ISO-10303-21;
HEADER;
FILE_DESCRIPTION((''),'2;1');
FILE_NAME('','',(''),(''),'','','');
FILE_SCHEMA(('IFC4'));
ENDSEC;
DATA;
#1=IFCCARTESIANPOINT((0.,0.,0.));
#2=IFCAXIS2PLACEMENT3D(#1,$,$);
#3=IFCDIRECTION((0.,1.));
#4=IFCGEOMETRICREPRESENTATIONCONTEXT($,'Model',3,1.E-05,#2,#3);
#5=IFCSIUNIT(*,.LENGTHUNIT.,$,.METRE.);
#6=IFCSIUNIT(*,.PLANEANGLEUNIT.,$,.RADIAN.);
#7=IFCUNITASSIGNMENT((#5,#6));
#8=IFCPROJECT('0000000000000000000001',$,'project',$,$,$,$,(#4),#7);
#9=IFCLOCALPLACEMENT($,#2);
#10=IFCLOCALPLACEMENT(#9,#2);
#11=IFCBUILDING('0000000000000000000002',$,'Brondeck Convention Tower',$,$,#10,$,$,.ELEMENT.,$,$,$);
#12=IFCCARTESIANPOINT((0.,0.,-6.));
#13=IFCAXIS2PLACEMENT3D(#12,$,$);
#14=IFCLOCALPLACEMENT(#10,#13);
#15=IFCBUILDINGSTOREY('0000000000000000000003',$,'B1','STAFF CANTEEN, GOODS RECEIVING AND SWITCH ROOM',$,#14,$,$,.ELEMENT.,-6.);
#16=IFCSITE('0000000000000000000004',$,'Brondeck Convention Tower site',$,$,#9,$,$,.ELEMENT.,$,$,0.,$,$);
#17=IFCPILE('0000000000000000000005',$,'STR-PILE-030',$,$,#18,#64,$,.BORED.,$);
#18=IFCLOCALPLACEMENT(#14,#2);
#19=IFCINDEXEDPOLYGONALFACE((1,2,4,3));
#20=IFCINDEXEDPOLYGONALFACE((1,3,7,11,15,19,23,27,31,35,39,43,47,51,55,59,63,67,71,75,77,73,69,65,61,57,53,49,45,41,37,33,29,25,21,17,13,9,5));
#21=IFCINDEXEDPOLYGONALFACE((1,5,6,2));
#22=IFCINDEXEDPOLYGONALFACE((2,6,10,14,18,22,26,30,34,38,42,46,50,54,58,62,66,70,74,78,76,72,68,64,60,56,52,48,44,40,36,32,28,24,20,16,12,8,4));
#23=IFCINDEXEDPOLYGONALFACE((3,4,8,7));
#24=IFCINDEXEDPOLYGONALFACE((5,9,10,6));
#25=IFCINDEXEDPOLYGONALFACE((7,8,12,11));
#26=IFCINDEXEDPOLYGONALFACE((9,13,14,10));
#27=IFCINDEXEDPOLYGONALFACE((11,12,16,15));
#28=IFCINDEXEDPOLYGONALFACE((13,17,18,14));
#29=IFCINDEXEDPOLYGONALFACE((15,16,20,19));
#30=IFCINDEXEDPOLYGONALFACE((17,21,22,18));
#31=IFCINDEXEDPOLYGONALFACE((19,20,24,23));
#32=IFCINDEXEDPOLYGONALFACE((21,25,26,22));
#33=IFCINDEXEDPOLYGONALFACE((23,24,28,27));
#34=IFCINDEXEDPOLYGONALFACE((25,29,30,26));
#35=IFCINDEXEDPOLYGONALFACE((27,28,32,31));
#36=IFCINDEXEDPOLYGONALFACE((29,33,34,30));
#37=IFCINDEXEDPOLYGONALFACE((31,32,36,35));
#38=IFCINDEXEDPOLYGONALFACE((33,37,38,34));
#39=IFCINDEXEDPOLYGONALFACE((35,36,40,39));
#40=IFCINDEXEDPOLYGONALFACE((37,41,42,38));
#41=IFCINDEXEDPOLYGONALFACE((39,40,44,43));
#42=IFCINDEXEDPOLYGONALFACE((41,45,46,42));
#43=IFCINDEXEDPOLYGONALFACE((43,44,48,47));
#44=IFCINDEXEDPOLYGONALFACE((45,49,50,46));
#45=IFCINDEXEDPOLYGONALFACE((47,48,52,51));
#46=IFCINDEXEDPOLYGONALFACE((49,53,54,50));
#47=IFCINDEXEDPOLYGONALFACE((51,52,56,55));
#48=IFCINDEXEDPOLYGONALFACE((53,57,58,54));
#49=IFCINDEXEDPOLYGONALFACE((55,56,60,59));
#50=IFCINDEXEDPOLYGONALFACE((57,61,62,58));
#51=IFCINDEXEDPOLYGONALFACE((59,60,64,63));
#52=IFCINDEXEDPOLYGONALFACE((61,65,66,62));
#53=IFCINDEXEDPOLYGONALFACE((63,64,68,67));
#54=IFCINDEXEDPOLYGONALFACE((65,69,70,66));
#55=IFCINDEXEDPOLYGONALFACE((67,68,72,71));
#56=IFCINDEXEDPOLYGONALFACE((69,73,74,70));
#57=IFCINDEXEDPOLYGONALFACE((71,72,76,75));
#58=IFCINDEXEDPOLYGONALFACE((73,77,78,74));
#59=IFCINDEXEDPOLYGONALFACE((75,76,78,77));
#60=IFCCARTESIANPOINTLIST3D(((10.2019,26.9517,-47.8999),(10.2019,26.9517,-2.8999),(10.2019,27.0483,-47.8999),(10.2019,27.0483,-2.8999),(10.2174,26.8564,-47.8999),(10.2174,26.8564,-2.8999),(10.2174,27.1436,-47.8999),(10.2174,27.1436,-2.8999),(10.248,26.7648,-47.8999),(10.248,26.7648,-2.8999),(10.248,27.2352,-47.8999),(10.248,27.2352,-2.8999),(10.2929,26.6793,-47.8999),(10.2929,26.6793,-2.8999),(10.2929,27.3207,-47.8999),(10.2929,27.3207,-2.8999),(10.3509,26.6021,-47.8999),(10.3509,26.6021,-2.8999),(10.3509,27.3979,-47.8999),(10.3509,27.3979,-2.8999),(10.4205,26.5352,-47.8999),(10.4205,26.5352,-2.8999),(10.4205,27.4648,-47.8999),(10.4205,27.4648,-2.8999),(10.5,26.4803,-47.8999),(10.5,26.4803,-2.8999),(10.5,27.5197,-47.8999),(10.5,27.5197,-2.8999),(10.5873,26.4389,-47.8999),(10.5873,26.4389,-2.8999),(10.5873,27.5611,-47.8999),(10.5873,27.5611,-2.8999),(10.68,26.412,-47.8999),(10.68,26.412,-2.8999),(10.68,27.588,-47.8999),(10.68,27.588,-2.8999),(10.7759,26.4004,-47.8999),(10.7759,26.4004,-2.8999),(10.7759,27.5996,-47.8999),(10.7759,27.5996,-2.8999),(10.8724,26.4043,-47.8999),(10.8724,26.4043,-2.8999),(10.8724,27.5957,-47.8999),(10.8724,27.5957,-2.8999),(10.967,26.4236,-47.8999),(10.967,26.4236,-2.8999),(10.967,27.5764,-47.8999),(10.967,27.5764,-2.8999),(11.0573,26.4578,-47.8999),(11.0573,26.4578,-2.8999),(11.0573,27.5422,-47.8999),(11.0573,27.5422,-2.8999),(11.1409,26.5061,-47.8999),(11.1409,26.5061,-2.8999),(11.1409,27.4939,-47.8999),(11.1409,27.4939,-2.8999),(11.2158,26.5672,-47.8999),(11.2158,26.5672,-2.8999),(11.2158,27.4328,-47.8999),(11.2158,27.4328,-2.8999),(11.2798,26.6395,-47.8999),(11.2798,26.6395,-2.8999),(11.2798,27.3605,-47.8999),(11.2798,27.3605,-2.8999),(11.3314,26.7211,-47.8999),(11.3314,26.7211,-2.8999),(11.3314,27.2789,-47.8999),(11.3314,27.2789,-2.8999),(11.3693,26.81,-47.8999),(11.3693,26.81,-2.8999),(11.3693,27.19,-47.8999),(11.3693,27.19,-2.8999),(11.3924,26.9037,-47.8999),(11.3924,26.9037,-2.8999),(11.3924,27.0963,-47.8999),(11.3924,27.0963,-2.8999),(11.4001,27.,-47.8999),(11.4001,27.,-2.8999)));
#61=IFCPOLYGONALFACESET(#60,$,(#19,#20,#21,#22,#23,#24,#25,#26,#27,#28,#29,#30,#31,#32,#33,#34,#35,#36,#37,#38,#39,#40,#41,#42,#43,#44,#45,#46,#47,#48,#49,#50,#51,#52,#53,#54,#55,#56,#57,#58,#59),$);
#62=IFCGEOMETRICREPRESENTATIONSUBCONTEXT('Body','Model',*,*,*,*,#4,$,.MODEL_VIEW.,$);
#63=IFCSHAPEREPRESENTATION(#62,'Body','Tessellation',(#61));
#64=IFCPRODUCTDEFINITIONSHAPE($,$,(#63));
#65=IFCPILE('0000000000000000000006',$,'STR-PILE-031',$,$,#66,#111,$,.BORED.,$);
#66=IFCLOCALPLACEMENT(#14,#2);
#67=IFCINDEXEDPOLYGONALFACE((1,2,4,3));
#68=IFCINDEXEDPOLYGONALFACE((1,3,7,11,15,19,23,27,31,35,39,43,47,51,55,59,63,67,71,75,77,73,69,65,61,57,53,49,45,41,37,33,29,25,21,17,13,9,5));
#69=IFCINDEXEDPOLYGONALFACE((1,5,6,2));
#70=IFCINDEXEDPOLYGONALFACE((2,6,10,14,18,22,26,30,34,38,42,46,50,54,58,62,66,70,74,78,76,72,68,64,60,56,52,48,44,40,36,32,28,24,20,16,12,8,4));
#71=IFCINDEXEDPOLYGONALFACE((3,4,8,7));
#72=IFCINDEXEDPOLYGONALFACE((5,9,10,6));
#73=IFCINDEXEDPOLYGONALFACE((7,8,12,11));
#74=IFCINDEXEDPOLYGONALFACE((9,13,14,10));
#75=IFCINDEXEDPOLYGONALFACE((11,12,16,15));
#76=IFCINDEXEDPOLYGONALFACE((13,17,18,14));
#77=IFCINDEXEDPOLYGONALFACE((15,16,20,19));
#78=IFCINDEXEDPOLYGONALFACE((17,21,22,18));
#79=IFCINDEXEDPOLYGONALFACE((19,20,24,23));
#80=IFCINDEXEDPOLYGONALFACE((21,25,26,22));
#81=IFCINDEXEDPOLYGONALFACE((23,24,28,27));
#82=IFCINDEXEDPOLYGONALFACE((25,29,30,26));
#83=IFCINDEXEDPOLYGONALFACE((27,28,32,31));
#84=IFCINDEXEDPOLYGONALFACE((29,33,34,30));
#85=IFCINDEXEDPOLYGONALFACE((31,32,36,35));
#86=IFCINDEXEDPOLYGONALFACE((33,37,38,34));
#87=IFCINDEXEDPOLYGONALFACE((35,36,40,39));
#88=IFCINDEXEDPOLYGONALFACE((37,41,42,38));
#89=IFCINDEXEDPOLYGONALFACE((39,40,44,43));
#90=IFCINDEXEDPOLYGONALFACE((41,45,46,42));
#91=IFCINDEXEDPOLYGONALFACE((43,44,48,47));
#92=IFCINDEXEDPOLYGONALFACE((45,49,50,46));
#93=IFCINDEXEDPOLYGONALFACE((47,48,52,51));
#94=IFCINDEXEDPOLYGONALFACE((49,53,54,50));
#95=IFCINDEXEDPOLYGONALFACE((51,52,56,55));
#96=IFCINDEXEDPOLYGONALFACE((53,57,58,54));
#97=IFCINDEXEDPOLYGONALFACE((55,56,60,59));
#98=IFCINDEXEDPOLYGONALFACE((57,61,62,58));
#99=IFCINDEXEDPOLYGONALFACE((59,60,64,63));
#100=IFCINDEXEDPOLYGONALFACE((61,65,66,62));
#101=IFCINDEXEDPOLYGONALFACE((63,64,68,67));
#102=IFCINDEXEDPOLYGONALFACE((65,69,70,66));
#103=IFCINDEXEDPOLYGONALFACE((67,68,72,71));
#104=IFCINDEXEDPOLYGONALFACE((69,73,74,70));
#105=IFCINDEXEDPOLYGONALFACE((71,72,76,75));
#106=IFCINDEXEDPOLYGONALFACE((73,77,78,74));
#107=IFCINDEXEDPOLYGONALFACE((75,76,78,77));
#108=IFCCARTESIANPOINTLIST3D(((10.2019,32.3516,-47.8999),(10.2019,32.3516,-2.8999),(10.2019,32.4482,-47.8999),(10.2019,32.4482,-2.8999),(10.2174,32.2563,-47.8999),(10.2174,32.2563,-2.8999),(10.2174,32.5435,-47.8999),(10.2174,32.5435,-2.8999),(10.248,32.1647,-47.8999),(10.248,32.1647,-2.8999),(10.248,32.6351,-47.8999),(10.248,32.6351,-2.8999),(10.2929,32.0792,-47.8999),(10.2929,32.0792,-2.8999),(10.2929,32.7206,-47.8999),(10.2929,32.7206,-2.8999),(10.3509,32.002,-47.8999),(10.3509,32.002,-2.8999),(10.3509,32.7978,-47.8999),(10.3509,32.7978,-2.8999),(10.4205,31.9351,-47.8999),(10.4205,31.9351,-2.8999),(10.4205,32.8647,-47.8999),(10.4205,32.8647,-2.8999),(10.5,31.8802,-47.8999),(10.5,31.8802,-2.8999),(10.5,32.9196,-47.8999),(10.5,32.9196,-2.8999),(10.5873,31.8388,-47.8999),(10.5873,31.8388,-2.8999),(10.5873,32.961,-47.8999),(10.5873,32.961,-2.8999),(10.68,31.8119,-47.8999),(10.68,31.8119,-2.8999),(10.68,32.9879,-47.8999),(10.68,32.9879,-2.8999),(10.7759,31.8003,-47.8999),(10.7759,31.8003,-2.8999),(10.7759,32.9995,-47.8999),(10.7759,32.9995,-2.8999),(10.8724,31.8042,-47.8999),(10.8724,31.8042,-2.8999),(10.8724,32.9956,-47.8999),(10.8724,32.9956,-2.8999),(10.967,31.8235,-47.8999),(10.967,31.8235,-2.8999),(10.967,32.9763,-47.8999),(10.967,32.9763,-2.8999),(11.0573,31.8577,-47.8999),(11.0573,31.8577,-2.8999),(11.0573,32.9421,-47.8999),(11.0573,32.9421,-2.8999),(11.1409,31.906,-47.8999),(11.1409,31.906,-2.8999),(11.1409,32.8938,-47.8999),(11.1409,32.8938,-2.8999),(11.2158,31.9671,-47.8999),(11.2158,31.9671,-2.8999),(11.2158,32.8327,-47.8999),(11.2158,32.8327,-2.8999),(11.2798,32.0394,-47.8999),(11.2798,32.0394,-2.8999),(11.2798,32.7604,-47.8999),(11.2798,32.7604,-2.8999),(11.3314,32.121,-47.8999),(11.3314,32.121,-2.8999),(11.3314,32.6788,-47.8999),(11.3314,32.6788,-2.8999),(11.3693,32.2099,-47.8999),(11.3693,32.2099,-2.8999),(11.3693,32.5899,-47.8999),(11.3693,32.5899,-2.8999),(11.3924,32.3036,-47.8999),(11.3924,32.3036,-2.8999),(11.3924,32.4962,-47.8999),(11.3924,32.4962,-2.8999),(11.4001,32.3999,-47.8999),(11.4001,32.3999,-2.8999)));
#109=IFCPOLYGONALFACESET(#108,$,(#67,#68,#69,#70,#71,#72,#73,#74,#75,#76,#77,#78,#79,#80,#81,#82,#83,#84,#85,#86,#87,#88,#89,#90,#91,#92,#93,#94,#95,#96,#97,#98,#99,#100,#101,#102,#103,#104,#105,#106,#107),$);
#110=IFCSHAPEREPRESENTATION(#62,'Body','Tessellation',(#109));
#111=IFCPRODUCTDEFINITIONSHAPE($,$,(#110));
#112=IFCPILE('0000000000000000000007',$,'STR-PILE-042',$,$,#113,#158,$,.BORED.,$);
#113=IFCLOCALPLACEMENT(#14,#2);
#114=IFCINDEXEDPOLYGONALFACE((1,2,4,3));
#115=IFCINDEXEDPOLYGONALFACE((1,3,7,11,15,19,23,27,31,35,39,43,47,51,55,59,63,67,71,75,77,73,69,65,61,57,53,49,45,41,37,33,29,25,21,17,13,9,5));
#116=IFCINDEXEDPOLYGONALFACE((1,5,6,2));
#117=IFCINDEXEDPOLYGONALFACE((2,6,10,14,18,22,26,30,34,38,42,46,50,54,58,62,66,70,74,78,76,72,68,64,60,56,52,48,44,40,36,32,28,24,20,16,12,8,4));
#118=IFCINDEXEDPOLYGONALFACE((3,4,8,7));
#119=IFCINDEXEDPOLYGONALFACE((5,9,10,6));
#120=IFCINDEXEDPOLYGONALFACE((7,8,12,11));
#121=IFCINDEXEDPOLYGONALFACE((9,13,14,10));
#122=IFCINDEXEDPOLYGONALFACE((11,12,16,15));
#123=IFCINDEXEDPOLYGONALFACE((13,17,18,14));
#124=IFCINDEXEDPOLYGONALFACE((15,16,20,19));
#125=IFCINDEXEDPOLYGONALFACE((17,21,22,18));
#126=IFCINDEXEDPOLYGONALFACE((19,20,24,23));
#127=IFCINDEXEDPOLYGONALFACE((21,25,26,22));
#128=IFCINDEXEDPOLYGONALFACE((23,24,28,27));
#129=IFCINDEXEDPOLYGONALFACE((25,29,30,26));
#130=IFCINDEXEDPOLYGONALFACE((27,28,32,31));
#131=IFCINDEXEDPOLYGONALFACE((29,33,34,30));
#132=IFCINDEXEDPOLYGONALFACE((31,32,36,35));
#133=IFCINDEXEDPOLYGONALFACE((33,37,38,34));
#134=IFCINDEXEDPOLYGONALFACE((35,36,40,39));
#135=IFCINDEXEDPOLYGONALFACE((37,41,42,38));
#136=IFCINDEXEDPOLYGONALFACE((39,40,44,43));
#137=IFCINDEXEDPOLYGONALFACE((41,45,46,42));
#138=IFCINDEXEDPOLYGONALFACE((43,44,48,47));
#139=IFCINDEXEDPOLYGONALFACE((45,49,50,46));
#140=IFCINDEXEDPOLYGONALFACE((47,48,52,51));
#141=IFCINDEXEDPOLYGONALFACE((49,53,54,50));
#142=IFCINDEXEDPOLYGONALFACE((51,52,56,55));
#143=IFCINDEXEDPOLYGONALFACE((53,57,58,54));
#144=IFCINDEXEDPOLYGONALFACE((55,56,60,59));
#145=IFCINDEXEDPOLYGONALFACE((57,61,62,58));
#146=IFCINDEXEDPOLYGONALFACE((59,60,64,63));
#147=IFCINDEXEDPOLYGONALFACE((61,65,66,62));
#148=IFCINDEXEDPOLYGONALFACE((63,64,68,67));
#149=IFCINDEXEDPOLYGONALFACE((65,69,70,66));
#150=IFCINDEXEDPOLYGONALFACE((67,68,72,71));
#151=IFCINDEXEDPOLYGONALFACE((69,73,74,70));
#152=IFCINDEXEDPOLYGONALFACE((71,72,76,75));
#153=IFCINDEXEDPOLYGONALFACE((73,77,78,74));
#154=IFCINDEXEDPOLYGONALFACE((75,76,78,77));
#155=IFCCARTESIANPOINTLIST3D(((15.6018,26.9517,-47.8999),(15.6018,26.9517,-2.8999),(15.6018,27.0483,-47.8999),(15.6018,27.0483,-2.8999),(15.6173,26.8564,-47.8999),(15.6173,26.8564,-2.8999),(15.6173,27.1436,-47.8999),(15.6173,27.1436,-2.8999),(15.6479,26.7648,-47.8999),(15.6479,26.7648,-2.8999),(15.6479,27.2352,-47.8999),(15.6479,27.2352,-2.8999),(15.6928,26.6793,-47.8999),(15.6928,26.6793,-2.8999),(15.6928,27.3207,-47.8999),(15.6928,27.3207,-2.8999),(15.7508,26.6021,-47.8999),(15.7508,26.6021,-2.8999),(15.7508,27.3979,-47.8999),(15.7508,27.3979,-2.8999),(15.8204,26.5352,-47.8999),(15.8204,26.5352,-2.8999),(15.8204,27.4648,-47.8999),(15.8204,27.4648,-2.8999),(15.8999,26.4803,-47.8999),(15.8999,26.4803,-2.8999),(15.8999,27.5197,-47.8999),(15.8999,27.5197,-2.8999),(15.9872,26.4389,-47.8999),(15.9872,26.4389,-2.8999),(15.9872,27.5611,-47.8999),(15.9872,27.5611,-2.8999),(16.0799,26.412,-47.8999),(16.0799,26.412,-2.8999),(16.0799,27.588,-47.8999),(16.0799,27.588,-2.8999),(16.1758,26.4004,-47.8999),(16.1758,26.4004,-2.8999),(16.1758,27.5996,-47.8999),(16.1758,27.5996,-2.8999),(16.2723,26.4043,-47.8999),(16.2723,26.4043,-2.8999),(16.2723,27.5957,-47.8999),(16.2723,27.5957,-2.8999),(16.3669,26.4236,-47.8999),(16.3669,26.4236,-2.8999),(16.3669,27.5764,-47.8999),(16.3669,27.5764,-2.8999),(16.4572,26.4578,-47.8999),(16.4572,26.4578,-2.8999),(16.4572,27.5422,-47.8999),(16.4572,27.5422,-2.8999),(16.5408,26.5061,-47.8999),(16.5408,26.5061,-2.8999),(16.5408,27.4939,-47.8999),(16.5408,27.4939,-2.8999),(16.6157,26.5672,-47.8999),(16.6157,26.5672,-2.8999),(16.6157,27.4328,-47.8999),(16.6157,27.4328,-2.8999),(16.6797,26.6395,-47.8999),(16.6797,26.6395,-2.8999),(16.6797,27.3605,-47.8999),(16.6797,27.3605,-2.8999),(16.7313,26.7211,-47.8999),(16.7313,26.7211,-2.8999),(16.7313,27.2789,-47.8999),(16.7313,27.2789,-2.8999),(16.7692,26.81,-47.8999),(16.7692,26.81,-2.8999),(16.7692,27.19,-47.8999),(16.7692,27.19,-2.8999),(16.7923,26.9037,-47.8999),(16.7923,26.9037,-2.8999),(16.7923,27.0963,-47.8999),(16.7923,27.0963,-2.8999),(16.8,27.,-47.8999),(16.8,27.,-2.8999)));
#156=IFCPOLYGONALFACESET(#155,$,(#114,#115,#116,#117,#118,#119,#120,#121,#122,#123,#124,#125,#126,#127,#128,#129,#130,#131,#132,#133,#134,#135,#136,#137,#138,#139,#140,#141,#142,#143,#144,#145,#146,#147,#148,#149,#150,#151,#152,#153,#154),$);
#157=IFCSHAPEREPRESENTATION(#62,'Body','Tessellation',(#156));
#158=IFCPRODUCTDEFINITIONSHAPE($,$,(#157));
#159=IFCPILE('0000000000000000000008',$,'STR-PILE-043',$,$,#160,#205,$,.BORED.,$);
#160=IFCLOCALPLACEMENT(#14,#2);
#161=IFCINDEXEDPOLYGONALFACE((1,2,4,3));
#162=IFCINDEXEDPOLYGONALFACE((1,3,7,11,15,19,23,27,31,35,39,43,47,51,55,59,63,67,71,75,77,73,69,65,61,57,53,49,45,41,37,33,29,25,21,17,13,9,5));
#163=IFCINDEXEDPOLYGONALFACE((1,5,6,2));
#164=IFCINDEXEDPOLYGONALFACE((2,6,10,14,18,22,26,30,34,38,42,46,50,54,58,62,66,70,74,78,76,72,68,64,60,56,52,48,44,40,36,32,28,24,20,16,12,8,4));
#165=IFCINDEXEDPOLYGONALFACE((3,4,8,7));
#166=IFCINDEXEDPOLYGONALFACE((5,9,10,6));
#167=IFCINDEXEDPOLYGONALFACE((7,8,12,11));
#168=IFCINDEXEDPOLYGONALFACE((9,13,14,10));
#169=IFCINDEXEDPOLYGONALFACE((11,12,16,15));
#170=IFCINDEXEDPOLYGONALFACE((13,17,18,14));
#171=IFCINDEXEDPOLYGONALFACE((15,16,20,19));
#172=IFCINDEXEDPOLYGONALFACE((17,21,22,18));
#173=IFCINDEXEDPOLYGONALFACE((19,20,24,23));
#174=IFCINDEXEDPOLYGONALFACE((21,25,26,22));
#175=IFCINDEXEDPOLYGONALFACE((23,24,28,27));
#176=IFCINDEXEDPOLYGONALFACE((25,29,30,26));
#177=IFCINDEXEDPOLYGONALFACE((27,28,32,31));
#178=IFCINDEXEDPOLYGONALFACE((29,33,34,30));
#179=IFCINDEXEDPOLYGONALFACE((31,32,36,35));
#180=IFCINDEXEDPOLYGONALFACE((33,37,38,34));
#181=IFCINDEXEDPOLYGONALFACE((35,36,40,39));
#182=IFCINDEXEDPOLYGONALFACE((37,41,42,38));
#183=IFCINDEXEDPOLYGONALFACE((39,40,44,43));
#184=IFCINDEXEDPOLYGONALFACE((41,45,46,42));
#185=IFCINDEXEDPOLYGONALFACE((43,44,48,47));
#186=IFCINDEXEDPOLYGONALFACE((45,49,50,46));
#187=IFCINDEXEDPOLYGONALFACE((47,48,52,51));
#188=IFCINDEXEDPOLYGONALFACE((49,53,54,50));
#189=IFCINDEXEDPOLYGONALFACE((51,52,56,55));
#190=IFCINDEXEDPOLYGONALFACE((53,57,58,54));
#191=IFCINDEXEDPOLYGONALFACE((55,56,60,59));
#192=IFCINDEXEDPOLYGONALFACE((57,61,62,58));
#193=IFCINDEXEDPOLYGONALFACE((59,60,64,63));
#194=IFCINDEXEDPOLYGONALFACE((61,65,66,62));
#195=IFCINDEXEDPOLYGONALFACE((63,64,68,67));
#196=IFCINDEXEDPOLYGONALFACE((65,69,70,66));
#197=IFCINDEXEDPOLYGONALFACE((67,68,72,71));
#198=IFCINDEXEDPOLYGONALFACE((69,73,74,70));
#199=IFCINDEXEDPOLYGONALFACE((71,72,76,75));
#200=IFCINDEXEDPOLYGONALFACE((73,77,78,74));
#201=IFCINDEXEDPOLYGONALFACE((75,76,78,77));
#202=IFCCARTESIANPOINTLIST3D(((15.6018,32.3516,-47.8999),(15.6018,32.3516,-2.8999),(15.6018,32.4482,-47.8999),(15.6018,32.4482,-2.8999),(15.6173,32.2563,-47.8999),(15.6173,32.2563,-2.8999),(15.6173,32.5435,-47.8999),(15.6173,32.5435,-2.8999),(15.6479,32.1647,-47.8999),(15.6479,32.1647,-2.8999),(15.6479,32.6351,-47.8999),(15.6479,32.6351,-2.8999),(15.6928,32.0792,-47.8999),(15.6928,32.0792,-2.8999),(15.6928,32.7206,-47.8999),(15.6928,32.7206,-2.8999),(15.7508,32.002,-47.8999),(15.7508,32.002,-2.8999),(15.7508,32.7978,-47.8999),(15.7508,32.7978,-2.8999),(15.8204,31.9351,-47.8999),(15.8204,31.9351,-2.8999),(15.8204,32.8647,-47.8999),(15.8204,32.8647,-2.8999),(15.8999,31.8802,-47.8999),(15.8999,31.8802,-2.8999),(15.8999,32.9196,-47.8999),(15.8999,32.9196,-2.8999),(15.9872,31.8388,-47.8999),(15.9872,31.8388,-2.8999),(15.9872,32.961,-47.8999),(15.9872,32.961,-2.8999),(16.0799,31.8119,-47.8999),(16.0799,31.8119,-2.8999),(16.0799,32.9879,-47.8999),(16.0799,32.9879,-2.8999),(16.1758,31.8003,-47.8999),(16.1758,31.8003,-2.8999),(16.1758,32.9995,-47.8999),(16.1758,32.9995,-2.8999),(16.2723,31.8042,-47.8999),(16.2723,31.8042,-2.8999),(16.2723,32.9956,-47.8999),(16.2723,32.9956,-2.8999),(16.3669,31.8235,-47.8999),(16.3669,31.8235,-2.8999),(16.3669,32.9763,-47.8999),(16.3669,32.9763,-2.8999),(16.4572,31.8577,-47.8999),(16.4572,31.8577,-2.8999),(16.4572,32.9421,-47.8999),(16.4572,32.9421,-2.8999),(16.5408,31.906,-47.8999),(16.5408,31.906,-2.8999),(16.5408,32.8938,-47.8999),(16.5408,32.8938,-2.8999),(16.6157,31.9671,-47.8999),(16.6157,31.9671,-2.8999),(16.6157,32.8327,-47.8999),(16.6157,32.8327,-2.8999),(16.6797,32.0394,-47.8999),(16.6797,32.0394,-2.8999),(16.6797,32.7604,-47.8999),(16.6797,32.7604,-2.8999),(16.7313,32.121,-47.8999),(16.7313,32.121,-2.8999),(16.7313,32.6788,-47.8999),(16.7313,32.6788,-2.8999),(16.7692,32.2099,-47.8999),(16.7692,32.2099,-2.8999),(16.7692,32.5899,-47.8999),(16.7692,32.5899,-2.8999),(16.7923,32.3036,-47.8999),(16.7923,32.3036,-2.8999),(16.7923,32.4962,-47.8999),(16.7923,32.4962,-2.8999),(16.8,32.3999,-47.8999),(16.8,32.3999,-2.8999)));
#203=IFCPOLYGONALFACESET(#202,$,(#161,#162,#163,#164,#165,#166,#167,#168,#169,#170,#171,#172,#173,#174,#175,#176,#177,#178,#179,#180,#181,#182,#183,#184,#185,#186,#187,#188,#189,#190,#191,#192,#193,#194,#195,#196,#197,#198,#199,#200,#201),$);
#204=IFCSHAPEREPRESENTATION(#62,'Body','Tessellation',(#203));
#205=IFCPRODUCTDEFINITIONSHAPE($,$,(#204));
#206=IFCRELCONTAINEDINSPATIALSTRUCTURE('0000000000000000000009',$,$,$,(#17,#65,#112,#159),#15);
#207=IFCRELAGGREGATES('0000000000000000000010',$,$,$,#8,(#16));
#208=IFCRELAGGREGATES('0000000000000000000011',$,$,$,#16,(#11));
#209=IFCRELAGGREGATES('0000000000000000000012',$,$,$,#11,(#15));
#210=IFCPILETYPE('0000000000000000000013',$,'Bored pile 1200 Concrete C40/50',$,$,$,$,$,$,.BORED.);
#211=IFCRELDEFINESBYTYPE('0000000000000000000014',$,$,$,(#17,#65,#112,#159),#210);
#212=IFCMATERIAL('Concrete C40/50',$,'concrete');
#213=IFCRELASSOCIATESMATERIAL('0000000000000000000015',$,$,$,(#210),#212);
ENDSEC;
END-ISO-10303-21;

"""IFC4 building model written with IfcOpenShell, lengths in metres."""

from ifc_helpers import new_model, si_unit, direction, frame, origin, origin_2d, place, context, subcontext, project, spatial, circle, extrude, material, material_profile, profile_set, type_object, element, save


model = new_model("IFC4")

# Units and contexts
model_context = context("Model", 3, precision=1e-05, world=origin(), true_north=direction((0.0, 1.0)))
body_context = subcontext(model_context, "Body", "Model", "MODEL_VIEW")
ifc_project = project(units=[si_unit("LENGTHUNIT", "METRE"), si_unit("PLANEANGLEUNIT", "RADIAN")], contexts=[model_context])

# Site, building, storey
site_placement = place(None, origin())
site = spatial("IfcSite", under=ifc_project, at=site_placement, Name="Brondeck Convention Tower site", CompositionType="ELEMENT", RefElevation=0.0)
building_placement = place(site_placement, origin())
building = spatial("IfcBuilding", under=site, at=building_placement, Name="Brondeck Convention Tower", CompositionType="ELEMENT")
storey_placement = place(building_placement, frame((0.0, 0.0, -6.0)))
storey = spatial("IfcBuildingStorey", under=building, at=storey_placement, Name="B1", Description="STAFF CANTEEN, GOODS RECEIVING AND SWITCH ROOM", CompositionType="ELEMENT", Elevation=-6.0)

# Piles
ifc_material_1 = material(Name="Concrete C40/50", Category="concrete")
ifc_material_profile_1 = material_profile(ifc_material_1, circle(Radius=0.6001, at=origin_2d()), Name="Bored pile 1200 Concrete C40/50")
ifc_profile_set_1 = profile_set([ifc_material_profile_1], Name="Concrete C40/50")
pile_type = type_object("IfcPileType", Name="Bored pile 1200 Concrete C40/50", PredefinedType="BORED", material=ifc_profile_set_1)
for number, where, z_axis, x_axis, name in (
    (1, (10.8, 27.0, -2.8999), (0.0, 0.0, -1.0), (1.0, 0.0, 0.0), "STR-PILE-030"),
    (2, (10.8, 32.3999, -2.8999), (0.0, 0.0, -1.0), (1.0, 0.0, 0.0), "STR-PILE-031"),
    (3, (16.2, 27.0, -2.8999), (0.0, 0.0, -1.0), (1.0, 0.0, 0.0), "STR-PILE-042"),
    (4, (16.2, 32.3999, -2.8999), (0.0, 0.0, -1.0), (1.0, 0.0, 0.0), "STR-PILE-043"),
):
    element("IfcPile", number, at=place(storey_placement, frame(where, z_axis=z_axis, x_axis=x_axis)), inside=storey, type_object=pile_type, Name=name, PredefinedType="BORED", context=body_context, shape_type="SweptSolid", body=[
        extrude(circle(Radius=0.6001, at=origin_2d()), origin(), (0.0, 0.0, 1.0), 45.0),
    ])

save(model, "model.ifc")
